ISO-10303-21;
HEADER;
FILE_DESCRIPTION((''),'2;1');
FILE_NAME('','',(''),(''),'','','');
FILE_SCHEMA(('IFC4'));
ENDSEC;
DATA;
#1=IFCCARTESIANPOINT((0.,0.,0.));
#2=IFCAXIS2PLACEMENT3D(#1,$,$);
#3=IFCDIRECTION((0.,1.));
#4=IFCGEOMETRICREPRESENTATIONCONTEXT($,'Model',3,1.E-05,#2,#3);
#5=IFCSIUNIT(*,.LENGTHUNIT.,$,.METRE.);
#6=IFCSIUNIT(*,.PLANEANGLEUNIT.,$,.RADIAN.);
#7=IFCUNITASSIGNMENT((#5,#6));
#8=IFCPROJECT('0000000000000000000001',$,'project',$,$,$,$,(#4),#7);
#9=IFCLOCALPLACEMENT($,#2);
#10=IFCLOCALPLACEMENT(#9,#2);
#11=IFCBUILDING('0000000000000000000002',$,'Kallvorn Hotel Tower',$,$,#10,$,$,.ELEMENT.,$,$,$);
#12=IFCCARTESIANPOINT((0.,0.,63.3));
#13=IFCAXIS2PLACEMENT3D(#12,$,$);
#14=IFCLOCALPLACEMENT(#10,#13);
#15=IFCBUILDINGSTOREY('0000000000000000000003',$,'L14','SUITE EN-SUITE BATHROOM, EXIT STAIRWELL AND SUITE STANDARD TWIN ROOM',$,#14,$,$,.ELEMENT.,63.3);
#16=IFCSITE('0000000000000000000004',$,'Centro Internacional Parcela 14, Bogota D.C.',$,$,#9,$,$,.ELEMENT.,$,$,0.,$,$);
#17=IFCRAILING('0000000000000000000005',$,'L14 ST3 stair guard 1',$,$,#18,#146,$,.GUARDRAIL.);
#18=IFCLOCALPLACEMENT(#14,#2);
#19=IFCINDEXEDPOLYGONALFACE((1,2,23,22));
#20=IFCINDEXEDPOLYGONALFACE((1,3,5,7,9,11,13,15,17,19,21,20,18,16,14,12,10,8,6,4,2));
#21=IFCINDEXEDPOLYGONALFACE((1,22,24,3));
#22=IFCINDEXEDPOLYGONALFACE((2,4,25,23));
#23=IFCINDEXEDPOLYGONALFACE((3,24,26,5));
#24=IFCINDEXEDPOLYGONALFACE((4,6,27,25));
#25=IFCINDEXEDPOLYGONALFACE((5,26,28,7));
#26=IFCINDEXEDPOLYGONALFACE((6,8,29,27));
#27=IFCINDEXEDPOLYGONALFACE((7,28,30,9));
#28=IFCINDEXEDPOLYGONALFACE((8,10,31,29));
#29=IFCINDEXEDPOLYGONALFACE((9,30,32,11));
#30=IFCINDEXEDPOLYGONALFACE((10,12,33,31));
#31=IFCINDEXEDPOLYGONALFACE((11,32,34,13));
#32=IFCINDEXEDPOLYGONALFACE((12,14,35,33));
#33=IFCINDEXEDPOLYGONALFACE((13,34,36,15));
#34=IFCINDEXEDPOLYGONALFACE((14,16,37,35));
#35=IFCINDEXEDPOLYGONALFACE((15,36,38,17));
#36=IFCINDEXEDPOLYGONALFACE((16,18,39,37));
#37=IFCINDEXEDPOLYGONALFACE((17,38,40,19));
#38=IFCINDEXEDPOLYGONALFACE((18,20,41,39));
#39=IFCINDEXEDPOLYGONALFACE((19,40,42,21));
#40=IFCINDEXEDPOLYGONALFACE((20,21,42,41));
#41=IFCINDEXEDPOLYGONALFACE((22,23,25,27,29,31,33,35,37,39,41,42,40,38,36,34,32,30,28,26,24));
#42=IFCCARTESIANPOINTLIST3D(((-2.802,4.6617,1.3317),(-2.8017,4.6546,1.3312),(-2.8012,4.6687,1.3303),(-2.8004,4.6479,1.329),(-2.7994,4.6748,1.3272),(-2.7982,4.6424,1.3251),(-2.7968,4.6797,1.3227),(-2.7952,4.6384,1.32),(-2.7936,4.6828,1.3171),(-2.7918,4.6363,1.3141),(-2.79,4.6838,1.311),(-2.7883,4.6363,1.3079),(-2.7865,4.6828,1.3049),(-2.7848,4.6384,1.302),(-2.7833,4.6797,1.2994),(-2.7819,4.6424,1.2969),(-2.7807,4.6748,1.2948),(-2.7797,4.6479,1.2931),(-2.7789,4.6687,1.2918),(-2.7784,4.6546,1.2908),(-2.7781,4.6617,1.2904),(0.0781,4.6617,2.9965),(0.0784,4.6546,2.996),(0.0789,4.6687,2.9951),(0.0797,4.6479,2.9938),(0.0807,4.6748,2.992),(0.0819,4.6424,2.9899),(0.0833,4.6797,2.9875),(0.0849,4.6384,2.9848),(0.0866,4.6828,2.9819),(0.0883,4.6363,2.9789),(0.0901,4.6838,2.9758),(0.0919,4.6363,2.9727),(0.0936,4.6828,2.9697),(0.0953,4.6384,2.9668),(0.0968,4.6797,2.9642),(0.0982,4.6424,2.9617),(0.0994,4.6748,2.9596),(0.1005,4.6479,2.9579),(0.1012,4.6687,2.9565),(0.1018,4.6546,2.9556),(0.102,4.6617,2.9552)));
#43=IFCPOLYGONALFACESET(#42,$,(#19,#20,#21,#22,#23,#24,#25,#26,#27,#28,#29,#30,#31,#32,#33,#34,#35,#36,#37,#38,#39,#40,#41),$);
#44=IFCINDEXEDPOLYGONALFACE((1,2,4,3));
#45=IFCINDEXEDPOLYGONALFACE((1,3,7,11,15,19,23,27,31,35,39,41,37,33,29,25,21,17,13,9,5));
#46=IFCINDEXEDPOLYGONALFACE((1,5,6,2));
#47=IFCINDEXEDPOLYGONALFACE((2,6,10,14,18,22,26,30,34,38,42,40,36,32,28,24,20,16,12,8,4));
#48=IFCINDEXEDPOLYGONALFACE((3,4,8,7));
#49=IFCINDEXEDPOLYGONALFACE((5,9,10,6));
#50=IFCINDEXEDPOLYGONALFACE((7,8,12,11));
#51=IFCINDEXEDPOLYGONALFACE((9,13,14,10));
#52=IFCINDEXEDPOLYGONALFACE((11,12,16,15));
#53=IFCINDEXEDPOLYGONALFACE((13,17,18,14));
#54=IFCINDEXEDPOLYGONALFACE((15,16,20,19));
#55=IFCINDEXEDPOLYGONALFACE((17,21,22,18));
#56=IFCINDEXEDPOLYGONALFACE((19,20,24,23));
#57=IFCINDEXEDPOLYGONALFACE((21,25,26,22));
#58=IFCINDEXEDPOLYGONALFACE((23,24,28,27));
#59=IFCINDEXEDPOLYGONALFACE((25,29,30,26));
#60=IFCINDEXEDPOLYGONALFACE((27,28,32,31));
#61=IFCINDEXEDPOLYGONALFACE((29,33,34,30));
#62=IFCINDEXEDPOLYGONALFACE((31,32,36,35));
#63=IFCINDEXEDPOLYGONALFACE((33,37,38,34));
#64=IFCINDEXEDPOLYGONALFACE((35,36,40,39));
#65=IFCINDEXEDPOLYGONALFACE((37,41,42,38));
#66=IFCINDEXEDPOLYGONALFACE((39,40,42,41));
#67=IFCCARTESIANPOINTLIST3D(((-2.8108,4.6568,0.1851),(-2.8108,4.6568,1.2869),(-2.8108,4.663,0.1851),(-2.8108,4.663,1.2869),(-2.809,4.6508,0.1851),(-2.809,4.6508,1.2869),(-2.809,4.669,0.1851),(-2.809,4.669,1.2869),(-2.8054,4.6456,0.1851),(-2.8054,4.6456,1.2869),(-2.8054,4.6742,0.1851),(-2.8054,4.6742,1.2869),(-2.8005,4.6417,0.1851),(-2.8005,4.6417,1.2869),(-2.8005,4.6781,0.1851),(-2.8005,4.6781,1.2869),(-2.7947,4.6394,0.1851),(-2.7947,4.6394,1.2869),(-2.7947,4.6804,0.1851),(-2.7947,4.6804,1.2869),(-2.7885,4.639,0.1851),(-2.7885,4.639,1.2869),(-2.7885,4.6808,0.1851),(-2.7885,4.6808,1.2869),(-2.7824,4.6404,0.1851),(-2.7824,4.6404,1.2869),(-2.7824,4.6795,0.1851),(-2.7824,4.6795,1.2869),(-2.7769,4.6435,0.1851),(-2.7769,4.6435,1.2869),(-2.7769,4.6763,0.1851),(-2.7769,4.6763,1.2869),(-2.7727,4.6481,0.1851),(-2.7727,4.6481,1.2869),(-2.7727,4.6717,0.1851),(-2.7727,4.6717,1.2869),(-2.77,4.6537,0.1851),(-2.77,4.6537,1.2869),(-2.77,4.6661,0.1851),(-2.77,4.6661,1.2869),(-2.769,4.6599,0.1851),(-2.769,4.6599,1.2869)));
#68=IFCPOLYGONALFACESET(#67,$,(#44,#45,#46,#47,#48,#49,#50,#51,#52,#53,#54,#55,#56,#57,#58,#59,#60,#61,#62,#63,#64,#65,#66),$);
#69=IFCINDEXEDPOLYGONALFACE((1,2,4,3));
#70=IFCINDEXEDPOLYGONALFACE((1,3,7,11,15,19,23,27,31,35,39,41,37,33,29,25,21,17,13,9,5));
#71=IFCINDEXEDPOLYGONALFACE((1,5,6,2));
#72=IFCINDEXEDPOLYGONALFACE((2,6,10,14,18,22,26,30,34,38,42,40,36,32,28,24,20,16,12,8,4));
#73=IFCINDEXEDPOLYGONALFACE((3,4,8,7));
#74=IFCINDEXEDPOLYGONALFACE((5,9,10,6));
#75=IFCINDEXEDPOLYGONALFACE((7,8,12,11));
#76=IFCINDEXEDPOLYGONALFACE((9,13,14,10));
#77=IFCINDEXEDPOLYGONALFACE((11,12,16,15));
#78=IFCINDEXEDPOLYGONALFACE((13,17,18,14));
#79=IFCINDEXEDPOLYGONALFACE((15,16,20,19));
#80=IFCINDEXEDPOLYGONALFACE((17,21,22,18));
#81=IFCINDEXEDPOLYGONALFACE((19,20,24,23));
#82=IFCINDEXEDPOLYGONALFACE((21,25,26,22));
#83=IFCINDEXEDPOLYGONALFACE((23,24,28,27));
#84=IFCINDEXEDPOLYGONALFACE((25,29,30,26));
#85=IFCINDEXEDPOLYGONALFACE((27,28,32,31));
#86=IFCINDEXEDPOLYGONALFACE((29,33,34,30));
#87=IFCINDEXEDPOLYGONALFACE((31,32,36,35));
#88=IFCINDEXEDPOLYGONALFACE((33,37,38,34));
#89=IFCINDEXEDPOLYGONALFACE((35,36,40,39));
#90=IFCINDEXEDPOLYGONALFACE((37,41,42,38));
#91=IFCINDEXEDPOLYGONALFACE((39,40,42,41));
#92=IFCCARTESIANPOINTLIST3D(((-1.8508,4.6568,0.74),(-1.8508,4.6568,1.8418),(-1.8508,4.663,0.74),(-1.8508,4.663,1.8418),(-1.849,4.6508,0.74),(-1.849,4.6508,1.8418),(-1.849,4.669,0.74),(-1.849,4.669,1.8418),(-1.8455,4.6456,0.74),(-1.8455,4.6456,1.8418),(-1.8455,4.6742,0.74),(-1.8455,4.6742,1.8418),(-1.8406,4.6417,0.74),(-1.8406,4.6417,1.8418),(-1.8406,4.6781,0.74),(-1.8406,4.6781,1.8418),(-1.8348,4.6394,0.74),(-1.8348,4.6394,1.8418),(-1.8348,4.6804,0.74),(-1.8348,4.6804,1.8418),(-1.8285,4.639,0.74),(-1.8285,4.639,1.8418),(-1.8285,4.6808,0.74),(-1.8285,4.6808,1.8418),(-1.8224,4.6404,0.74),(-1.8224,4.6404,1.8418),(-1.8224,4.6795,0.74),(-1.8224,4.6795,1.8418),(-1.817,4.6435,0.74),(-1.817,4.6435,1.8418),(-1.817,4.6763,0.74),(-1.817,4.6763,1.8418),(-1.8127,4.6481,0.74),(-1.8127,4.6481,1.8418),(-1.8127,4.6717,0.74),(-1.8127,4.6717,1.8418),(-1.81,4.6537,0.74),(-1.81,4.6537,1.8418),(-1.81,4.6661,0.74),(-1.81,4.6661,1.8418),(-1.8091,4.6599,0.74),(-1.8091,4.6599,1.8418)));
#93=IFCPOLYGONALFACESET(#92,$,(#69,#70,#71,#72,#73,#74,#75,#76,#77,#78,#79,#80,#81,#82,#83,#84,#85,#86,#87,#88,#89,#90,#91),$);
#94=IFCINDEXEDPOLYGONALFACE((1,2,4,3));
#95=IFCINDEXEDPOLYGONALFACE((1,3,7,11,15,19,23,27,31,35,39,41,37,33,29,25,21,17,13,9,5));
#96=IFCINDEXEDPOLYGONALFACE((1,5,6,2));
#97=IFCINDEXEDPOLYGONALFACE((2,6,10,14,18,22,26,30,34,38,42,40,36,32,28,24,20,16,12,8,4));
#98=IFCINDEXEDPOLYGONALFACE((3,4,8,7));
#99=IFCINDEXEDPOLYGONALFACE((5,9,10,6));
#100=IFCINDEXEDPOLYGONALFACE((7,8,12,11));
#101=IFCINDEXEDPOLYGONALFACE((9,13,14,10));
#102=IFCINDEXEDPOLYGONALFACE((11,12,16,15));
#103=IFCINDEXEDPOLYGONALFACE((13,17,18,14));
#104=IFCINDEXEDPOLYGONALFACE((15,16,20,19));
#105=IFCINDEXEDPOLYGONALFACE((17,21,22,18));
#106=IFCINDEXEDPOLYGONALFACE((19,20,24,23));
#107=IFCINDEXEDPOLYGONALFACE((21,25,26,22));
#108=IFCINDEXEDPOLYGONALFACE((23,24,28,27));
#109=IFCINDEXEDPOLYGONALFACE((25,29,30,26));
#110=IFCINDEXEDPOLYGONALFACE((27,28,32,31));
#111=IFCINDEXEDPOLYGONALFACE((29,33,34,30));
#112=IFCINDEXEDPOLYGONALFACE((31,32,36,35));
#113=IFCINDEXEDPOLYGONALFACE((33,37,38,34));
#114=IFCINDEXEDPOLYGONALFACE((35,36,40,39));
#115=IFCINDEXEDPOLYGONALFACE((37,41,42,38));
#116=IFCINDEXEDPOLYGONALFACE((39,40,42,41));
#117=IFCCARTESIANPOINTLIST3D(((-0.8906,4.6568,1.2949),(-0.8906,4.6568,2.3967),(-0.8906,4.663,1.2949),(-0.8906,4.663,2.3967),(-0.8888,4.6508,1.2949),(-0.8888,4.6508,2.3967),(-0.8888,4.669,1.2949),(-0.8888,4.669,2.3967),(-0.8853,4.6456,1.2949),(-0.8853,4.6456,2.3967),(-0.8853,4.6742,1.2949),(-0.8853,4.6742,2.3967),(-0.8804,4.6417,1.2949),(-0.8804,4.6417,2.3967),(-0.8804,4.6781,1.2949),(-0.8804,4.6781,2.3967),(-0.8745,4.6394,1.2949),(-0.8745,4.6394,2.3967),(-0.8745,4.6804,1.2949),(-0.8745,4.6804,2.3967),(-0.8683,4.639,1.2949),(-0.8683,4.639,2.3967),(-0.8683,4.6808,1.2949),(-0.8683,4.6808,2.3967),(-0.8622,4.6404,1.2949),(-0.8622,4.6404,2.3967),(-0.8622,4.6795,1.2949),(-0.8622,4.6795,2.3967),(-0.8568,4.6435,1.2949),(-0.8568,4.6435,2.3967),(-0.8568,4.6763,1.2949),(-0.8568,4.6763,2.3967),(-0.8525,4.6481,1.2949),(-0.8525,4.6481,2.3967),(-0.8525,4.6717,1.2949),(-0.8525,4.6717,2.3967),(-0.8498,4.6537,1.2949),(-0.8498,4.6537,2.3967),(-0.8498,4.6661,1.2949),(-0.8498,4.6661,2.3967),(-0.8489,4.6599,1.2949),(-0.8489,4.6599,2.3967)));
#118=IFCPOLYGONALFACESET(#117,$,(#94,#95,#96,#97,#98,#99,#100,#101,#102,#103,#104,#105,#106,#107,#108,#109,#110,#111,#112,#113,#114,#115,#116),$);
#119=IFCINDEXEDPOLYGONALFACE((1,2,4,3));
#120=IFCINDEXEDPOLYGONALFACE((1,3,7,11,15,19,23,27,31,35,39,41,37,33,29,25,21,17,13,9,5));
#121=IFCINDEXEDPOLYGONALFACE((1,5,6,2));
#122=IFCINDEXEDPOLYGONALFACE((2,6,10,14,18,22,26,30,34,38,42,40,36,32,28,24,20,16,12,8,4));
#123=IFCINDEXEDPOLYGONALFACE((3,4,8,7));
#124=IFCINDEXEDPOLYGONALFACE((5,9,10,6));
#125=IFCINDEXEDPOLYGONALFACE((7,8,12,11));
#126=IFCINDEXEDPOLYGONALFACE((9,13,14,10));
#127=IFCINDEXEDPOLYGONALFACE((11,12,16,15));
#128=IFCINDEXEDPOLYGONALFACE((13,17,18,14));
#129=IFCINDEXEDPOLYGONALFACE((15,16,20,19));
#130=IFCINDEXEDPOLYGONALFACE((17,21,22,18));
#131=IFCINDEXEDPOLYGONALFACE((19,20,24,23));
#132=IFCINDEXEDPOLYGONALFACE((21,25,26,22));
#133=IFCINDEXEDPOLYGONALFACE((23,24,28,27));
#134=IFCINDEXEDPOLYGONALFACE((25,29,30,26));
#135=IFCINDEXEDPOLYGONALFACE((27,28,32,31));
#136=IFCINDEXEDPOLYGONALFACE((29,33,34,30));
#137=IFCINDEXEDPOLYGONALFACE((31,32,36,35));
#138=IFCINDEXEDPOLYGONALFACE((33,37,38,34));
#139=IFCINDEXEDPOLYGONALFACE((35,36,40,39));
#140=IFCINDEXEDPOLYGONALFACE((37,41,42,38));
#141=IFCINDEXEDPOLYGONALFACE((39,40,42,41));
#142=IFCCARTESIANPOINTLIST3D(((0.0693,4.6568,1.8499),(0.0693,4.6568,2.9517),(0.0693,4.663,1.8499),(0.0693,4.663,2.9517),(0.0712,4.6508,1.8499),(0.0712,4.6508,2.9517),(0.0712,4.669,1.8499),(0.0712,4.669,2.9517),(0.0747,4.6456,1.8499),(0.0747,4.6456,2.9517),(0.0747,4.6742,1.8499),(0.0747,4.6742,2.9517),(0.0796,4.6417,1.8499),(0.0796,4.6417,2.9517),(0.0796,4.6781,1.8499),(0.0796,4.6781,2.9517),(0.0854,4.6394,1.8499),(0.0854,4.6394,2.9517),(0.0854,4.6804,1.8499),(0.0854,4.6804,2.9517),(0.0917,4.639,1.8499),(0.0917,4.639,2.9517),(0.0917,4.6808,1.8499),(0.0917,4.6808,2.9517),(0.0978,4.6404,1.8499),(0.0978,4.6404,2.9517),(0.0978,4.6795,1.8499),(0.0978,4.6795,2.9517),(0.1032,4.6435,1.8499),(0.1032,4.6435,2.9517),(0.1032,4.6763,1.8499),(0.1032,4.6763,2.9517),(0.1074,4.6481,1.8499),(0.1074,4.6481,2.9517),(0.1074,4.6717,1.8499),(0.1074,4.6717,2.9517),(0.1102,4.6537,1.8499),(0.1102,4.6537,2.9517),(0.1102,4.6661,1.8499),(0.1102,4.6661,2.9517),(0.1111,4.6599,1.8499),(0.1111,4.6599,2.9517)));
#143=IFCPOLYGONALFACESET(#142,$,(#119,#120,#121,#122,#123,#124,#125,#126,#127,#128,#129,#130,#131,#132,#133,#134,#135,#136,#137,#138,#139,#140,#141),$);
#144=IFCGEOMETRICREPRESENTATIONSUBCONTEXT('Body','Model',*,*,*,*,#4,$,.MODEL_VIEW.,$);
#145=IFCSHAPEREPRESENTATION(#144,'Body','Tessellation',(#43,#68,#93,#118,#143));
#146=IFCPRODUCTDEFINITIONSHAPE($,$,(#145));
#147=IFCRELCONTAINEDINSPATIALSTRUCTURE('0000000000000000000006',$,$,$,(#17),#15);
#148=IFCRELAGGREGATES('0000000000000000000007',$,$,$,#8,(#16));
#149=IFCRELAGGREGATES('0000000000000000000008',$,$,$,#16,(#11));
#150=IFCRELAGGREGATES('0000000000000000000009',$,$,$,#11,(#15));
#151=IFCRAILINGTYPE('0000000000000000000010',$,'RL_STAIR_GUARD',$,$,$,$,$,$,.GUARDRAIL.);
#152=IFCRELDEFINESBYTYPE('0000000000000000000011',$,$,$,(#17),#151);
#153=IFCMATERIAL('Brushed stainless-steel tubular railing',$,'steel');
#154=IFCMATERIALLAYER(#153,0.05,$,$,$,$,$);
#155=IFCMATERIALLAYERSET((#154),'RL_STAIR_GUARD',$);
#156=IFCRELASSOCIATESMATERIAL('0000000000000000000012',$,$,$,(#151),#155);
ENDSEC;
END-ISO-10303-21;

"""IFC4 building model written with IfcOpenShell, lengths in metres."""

from ifc_helpers import new_model, si_unit, direction, frame, origin, origin_2d, place, context, subcontext, project, spatial, circle, extrude, material, layer, layer_set, type_object, element, save


model = new_model("IFC4")

# Units and contexts
model_context = context("Model", 3, precision=1e-05, world=origin(), true_north=direction((0.0, 1.0)))
body_context = subcontext(model_context, "Body", "Model", "MODEL_VIEW")
ifc_project = project(units=[si_unit("LENGTHUNIT", "METRE"), si_unit("PLANEANGLEUNIT", "RADIAN")], contexts=[model_context])

# Site, building, storey
site_placement = place(None, origin())
site = spatial("IfcSite", under=ifc_project, at=site_placement, Name="Centro Internacional Parcela 14, Bogota D.C.", CompositionType="ELEMENT", RefElevation=0.0)
building_placement = place(site_placement, origin())
building = spatial("IfcBuilding", under=site, at=building_placement, Name="Kallvorn Hotel Tower", CompositionType="ELEMENT")
storey_placement = place(building_placement, frame((0.0, 0.0, 63.3)))
storey = spatial("IfcBuildingStorey", under=building, at=storey_placement, Name="L14", Description="SUITE EN-SUITE BATHROOM, EXIT STAIRWELL AND SUITE STANDARD TWIN ROOM", CompositionType="ELEMENT", Elevation=63.3)

# Railing
ifc_material_1 = material(Name="Brushed stainless-steel tubular railing", Category="steel")
ifc_layer_1 = layer(ifc_material_1, 0.05)
ifc_layer_set_1 = layer_set([ifc_layer_1], Name="RL_STAIR_GUARD")
railing_type_1 = type_object("IfcRailingType", Name="RL_STAIR_GUARD", PredefinedType="GUARDRAIL", material=ifc_layer_set_1)
railing_1_placement = place(storey_placement, frame((-2.79, 4.6599, 0.1851)))
element("IfcRailing", 1, at=railing_1_placement, inside=storey, type_object=railing_type_1, Name="L14 ST3 stair guard 1", PredefinedType="GUARDRAIL", context=body_context, shape_type="SweptSolid", body=[
    extrude(circle(Radius=0.0239, at=origin_2d()), frame((0.0, 0.0, 1.126), z_axis=(0.865771, 0.0, 0.50044), x_axis=(0.0, 1.0, 0.0)), (0.0, 0.0, 1.0), 3.3267),
    extrude(circle(Radius=0.021, at=origin_2d()), origin(), (0.0, 0.0, 1.0), 1.1018),
    extrude(circle(Radius=0.021, at=origin_2d()), frame((0.96, 0.0, 0.5549)), (0.0, 0.0, 1.0), 1.1018),
    extrude(circle(Radius=0.021, at=origin_2d()), frame((1.9202, 0.0, 1.1099)), (0.0, 0.0, 1.0), 1.1018),
    extrude(circle(Radius=0.021, at=origin_2d()), frame((2.8801, 0.0, 1.6648)), (0.0, 0.0, 1.0), 1.1018),
])

save(model, "model.ifc")
